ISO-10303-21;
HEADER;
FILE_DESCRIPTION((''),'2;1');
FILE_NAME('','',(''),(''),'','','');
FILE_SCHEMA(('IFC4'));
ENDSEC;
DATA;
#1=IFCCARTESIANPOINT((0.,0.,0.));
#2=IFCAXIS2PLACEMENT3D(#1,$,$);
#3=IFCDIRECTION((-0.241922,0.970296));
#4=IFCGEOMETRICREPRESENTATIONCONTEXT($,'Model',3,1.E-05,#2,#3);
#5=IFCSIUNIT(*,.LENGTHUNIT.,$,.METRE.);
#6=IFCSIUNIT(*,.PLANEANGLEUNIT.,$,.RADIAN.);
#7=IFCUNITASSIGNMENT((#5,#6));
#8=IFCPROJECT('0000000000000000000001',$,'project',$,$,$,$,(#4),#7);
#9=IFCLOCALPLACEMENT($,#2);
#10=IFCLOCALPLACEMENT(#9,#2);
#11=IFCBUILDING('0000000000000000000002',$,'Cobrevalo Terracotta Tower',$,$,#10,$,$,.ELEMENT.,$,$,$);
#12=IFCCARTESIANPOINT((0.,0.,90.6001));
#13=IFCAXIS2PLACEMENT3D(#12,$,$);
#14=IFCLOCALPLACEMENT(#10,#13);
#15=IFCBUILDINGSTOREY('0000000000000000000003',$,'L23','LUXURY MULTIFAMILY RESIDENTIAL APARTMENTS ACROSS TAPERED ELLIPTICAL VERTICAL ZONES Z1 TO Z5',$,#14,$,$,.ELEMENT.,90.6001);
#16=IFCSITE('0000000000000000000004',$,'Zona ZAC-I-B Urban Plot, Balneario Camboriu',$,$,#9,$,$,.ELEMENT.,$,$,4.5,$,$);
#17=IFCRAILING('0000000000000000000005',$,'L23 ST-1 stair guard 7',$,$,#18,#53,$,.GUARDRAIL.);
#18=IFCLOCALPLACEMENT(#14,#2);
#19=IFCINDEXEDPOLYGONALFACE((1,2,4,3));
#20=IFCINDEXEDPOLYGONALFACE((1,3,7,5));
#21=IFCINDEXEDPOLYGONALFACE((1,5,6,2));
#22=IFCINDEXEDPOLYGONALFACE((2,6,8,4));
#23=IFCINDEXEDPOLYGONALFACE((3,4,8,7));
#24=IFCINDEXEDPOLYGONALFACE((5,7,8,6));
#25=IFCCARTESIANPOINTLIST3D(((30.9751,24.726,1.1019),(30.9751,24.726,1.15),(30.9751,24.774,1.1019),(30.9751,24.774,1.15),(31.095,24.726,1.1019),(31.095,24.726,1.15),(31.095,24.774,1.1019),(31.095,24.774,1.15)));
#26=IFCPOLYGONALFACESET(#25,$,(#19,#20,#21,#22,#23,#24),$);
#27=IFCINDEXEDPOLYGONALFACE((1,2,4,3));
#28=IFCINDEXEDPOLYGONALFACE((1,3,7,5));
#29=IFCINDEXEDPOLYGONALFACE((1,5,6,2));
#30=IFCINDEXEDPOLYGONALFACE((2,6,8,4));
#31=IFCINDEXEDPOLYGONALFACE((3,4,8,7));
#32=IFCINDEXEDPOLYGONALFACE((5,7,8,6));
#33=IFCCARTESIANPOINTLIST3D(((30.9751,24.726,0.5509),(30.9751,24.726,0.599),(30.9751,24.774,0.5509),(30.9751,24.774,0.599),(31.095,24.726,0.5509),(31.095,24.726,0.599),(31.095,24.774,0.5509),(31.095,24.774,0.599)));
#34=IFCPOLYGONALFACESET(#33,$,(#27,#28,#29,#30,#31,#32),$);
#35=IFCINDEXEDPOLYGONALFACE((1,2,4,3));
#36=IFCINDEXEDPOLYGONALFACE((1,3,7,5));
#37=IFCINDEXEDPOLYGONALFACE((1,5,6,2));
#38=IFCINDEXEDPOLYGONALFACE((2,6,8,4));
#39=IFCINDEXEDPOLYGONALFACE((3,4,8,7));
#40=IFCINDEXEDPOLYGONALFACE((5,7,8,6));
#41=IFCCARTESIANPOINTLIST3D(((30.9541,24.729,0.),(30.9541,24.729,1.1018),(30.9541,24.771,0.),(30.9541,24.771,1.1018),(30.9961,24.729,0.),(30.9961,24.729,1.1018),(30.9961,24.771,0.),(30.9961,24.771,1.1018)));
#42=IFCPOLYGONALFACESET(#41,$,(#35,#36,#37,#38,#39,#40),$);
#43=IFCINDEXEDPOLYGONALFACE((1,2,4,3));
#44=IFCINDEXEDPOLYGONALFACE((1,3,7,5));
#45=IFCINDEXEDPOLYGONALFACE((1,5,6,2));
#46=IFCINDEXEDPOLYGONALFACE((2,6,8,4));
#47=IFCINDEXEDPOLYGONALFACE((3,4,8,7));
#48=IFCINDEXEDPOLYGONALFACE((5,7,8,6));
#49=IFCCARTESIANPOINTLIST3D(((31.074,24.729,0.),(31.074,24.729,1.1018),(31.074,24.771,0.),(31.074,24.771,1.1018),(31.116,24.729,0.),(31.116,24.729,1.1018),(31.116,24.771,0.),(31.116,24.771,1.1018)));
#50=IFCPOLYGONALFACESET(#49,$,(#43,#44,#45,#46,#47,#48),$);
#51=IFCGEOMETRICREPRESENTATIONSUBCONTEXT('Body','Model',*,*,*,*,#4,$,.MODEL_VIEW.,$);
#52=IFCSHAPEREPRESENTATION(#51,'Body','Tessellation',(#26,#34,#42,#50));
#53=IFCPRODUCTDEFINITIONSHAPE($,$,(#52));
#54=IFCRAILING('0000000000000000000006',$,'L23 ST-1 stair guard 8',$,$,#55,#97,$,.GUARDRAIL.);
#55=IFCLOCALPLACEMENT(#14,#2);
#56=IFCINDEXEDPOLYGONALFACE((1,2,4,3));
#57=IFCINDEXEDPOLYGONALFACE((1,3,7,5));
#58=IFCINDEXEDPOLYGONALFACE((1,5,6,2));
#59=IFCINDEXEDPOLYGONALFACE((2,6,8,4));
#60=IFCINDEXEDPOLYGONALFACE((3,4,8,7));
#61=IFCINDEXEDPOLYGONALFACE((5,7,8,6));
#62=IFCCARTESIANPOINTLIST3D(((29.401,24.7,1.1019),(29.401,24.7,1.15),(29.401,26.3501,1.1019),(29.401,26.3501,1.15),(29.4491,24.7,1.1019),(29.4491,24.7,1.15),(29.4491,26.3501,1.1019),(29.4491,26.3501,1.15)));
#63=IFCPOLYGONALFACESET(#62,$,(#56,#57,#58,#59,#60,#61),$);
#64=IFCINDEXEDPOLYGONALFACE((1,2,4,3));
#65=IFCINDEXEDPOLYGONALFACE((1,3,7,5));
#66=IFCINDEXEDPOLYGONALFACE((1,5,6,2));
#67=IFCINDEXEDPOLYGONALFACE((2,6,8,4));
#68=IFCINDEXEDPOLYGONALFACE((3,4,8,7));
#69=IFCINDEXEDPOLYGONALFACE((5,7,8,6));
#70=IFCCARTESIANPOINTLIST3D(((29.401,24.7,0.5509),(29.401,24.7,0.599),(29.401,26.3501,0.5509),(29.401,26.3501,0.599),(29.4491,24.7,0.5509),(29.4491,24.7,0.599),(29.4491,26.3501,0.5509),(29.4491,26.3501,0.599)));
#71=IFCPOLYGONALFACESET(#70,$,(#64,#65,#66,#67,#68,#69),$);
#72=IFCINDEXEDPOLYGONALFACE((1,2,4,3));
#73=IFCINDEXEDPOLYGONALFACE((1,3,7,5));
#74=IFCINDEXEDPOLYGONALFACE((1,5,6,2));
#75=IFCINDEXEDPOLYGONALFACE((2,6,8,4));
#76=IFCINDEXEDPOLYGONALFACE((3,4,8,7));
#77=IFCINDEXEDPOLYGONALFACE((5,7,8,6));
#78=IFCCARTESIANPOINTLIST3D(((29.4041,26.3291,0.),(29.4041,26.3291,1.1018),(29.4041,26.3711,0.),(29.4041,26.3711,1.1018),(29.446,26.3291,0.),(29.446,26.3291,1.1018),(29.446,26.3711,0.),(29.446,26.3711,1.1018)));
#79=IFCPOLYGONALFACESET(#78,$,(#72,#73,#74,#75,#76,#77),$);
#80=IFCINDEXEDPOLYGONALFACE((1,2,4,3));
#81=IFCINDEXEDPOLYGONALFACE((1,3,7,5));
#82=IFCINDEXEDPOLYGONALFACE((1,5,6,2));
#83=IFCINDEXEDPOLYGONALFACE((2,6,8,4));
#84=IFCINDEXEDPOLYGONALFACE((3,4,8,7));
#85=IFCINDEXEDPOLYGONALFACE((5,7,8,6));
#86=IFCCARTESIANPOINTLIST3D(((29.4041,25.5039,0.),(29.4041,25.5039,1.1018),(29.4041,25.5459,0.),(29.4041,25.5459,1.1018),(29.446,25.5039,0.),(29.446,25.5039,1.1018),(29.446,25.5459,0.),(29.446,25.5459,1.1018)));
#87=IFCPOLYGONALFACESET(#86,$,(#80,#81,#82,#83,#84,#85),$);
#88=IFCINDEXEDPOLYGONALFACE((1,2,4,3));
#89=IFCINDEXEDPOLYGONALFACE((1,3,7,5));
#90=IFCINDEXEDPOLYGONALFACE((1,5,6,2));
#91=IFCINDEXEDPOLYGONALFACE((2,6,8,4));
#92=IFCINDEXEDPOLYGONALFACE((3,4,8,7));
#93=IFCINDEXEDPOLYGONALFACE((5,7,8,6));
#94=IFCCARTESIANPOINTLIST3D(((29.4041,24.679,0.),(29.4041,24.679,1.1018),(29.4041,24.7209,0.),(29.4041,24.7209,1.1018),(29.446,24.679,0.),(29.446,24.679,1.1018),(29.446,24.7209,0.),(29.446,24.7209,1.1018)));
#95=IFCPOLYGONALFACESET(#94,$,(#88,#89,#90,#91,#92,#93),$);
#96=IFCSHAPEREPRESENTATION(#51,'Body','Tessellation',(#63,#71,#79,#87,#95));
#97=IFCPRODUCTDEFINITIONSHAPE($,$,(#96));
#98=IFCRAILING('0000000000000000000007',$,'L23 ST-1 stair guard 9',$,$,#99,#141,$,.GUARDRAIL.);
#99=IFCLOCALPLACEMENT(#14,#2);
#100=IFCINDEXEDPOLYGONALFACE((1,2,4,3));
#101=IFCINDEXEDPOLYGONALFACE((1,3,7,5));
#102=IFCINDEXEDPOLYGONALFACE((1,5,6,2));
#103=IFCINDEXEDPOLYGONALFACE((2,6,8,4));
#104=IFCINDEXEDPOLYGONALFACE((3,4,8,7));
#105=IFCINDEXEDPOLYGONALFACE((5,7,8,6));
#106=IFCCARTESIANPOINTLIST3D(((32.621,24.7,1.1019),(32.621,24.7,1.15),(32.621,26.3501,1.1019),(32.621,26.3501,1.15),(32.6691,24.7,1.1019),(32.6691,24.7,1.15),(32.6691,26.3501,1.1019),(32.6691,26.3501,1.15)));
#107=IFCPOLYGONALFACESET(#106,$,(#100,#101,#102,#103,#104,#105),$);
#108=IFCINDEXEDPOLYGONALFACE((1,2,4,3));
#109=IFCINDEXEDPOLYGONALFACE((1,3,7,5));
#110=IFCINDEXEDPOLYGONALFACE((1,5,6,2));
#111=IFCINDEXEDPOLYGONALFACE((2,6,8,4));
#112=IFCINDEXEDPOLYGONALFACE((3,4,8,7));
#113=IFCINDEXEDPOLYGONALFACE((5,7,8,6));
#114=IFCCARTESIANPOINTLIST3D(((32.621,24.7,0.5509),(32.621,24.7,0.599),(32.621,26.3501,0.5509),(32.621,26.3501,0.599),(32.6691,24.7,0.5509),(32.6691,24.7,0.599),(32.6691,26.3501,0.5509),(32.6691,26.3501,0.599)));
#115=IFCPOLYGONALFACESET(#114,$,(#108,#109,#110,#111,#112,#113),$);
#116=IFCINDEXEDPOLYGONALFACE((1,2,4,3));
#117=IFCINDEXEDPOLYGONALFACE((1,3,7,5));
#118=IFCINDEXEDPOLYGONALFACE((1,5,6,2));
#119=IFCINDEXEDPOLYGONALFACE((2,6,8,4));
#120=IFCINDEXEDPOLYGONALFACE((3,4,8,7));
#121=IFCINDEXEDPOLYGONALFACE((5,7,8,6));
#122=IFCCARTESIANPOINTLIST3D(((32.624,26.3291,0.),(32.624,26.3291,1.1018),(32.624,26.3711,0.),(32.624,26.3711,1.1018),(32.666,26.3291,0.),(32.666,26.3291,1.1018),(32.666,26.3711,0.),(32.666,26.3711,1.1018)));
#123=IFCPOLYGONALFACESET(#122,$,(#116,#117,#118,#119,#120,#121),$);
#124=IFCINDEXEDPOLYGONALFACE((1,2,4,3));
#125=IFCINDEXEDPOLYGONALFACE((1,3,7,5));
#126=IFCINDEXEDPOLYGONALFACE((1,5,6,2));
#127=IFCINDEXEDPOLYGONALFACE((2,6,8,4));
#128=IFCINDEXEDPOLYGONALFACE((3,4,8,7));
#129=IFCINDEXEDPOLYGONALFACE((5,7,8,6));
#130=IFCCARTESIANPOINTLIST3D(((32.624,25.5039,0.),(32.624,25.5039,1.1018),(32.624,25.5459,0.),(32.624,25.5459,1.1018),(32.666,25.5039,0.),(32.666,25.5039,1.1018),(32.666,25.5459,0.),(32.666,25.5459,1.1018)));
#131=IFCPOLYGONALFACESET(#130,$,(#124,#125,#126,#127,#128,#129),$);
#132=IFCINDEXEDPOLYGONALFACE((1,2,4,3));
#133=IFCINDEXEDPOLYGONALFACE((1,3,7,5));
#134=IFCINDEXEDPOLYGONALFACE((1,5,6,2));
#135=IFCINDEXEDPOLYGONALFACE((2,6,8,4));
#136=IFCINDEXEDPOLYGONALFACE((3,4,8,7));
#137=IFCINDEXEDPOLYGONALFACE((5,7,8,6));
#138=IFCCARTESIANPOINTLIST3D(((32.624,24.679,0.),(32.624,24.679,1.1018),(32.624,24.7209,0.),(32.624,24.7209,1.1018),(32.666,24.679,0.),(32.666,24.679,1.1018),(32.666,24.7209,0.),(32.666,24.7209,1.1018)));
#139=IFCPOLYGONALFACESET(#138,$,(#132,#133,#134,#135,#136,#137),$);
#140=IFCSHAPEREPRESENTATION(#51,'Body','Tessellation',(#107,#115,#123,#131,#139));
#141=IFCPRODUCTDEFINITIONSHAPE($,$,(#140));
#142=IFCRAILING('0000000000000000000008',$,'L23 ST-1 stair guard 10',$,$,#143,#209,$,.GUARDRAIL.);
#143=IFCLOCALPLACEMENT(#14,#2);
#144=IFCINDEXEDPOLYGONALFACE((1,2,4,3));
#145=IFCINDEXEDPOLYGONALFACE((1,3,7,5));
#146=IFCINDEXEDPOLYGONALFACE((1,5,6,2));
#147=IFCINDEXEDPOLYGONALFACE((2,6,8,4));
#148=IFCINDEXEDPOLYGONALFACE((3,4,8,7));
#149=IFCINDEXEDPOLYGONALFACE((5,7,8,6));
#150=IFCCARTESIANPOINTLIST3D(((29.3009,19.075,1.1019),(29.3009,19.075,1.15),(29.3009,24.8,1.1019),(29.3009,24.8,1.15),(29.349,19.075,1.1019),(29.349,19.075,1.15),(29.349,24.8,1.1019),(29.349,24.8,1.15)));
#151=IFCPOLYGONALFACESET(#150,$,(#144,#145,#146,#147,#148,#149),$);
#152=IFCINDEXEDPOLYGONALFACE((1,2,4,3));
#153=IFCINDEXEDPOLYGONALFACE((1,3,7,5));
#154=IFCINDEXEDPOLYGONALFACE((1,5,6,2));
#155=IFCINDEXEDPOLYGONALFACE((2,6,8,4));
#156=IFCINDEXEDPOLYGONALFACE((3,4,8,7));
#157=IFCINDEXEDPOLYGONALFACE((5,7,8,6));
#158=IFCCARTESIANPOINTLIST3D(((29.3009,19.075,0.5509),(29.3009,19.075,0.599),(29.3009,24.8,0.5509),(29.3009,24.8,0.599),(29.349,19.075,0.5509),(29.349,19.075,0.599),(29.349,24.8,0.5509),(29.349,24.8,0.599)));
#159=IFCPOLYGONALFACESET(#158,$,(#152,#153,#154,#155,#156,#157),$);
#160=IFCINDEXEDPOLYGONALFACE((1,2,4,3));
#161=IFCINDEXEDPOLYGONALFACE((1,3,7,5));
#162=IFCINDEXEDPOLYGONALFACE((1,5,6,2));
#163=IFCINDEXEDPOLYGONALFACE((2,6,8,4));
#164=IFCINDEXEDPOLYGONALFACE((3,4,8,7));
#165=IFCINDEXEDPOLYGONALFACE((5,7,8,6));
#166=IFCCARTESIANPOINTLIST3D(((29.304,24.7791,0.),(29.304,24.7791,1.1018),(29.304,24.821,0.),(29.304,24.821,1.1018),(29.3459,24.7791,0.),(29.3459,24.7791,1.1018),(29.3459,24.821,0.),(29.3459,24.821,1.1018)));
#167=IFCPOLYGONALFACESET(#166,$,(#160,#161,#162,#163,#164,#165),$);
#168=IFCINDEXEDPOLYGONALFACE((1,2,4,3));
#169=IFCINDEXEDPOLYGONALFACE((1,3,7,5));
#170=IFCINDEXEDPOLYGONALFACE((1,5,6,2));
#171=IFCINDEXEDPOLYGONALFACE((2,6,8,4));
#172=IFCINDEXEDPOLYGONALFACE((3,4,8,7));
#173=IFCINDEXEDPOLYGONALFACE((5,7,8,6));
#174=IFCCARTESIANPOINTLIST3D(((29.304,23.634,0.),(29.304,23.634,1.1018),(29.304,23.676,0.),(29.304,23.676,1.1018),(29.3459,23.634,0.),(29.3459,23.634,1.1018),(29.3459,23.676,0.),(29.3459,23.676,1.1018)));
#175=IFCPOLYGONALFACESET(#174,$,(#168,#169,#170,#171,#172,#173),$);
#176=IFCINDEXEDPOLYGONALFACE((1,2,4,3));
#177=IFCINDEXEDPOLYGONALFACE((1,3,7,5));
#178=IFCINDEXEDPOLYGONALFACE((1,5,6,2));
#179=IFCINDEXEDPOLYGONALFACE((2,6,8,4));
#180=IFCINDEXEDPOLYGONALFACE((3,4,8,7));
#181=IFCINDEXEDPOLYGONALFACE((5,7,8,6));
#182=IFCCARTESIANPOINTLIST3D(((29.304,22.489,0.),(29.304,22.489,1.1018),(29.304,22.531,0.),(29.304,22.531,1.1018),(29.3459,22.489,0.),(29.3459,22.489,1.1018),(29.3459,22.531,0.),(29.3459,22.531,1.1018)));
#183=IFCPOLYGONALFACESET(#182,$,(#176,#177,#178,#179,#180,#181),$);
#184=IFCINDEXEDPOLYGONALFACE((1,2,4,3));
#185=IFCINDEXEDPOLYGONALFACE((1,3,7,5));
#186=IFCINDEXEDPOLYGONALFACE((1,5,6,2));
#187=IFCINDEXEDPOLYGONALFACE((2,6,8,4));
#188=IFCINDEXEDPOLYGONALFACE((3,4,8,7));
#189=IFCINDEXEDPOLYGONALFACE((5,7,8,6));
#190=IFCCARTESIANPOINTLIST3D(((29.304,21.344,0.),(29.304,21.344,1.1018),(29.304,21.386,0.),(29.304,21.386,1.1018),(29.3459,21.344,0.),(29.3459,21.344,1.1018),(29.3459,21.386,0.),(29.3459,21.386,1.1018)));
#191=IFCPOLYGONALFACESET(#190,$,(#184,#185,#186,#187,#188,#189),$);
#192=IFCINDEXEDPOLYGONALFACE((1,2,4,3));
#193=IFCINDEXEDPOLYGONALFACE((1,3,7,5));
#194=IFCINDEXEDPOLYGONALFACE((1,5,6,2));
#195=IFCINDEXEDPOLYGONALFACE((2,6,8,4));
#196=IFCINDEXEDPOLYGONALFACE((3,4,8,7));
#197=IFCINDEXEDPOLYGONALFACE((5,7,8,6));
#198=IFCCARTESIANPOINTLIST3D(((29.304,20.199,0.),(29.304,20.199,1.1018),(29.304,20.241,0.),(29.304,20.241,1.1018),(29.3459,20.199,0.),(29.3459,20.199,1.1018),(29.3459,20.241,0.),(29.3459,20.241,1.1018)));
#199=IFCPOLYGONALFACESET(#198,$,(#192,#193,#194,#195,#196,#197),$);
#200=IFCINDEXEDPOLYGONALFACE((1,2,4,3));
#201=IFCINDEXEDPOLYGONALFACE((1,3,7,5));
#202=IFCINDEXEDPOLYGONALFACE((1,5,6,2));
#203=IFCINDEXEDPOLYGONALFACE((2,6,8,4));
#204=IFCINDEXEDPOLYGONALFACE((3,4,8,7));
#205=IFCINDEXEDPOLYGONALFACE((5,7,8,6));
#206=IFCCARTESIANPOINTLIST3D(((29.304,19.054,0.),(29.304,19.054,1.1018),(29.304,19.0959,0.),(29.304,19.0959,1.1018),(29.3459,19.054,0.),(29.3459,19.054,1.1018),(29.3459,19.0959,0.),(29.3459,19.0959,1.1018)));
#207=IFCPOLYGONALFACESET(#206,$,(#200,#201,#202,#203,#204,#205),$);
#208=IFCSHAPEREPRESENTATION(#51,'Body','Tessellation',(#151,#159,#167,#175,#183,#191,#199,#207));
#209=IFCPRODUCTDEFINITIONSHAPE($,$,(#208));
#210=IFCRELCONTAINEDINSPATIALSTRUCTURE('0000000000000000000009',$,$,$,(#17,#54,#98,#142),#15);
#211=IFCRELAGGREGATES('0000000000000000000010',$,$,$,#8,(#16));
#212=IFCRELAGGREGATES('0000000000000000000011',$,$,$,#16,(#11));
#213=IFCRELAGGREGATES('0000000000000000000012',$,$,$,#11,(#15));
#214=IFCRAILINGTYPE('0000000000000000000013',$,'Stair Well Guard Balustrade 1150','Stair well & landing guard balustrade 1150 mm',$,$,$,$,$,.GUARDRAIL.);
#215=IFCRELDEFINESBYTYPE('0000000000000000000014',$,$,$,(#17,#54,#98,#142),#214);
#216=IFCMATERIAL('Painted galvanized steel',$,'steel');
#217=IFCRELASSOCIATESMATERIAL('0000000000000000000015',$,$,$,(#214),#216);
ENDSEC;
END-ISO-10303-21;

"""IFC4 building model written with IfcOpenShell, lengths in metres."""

from ifc_helpers import new_model, si_unit, direction, frame, origin, origin_2d, place, context, subcontext, project, spatial, rectangle, extrude, material, type_object, element, save


model = new_model("IFC4")

# Units and contexts
model_context = context("Model", 3, precision=1e-05, world=origin(), true_north=direction((-0.241922, 0.970296)))
body_context = subcontext(model_context, "Body", "Model", "MODEL_VIEW")
ifc_project = project(units=[si_unit("LENGTHUNIT", "METRE"), si_unit("PLANEANGLEUNIT", "RADIAN")], contexts=[model_context])

# Site, building, storey
site_placement = place(None, origin())
site = spatial("IfcSite", under=ifc_project, at=site_placement, Name="Zona ZAC-I-B Urban Plot, Balneario Camboriu", CompositionType="ELEMENT", RefElevation=4.5)
building_placement = place(site_placement, origin())
building = spatial("IfcBuilding", under=site, at=building_placement, Name="Cobrevalo Terracotta Tower", CompositionType="ELEMENT")
storey_placement = place(building_placement, frame((0.0, 0.0, 90.6001)))
storey = spatial("IfcBuildingStorey", under=building, at=storey_placement, Name="L23", Description="LUXURY MULTIFAMILY RESIDENTIAL APARTMENTS ACROSS TAPERED ELLIPTICAL VERTICAL ZONES Z1 TO Z5", CompositionType="ELEMENT", Elevation=90.6001)

# Railings
ifc_material_1 = material(Name="Painted galvanized steel", Category="steel")
railing_type_1 = type_object("IfcRailingType", Name="Stair Well Guard Balustrade 1150", Description="Stair well & landing guard balustrade 1150 mm", PredefinedType="GUARDRAIL", material=ifc_material_1)
railing_1_placement = place(storey_placement, frame((30.9751, 24.75, 0.0)))
element("IfcRailing", 1, at=railing_1_placement, inside=storey, type_object=railing_type_1, Name="L23 ST-1 stair guard 7", PredefinedType="GUARDRAIL", context=body_context, shape_type="SweptSolid", body=[
    extrude(rectangle(XDim=0.0481, YDim=0.0481, at=origin_2d()), frame((0.0, 0.0, 1.126), z_axis=(1.0, 0.0, 0.0), x_axis=(0.0, 1.0, 0.0)), (0.0, 0.0, 1.0), 0.1199),
    extrude(rectangle(XDim=0.0481, YDim=0.0481, at=origin_2d()), frame((0.0, 0.0, 0.575), z_axis=(1.0, 0.0, 0.0), x_axis=(0.0, 1.0, 0.0)), (0.0, 0.0, 1.0), 0.1199),
    extrude(rectangle(XDim=0.042, YDim=0.042, at=origin_2d()), origin(), (0.0, 0.0, 1.0), 1.1018),
    extrude(rectangle(XDim=0.042, YDim=0.042, at=origin_2d()), frame((0.1199, 0.0, 0.0)), (0.0, 0.0, 1.0), 1.1018),
])
for number, where, name in (
    (2, (29.425, 26.3501, 0.0), "L23 ST-1 stair guard 8"),
    (3, (32.645, 26.3501, 0.0), "L23 ST-1 stair guard 9"),
):
    element("IfcRailing", number, at=place(storey_placement, frame(where)), inside=storey, type_object=railing_type_1, Name=name, PredefinedType="GUARDRAIL", context=body_context, shape_type="SweptSolid", body=[
        extrude(rectangle(XDim=0.0481, YDim=0.0481, at=origin_2d()), frame((0.0, 0.0, 1.126), z_axis=(0.0, -1.0, 0.0), x_axis=(1.0, 0.0, 0.0)), (0.0, 0.0, 1.0), 1.6501),
        extrude(rectangle(XDim=0.0481, YDim=0.0481, at=origin_2d()), frame((0.0, 0.0, 0.575), z_axis=(0.0, -1.0, 0.0), x_axis=(1.0, 0.0, 0.0)), (0.0, 0.0, 1.0), 1.6501),
        extrude(rectangle(XDim=0.042, YDim=0.042, at=origin_2d()), origin(), (0.0, 0.0, 1.0), 1.1018),
        extrude(rectangle(XDim=0.042, YDim=0.042, at=origin_2d()), frame((0.0, -0.8252, 0.0)), (0.0, 0.0, 1.0), 1.1018),
        extrude(rectangle(XDim=0.042, YDim=0.042, at=origin_2d()), frame((0.0, -1.6501, 0.0)), (0.0, 0.0, 1.0), 1.1018),
    ])
for number, where, name in (
    (4, (29.325, 24.8, 0.0), "L23 ST-1 stair guard 10"),
):
    element("IfcRailing", number, at=place(storey_placement, frame(where)), inside=storey, type_object=railing_type_1, Name=name, PredefinedType="GUARDRAIL", context=body_context, shape_type="SweptSolid", body=[
        extrude(rectangle(XDim=0.0481, YDim=0.0481, at=origin_2d()), frame((0.0, 0.0, 1.126), z_axis=(0.0, -1.0, 0.0), x_axis=(1.0, 0.0, 0.0)), (0.0, 0.0, 1.0), 5.7251),
        extrude(rectangle(XDim=0.0481, YDim=0.0481, at=origin_2d()), frame((0.0, 0.0, 0.575), z_axis=(0.0, -1.0, 0.0), x_axis=(1.0, 0.0, 0.0)), (0.0, 0.0, 1.0), 5.7251),
        extrude(rectangle(XDim=0.042, YDim=0.042, at=origin_2d()), origin(), (0.0, 0.0, 1.0), 1.1018),
        extrude(rectangle(XDim=0.042, YDim=0.042, at=origin_2d()), frame((0.0, -1.145, 0.0)), (0.0, 0.0, 1.0), 1.1018),
        extrude(rectangle(XDim=0.042, YDim=0.042, at=origin_2d()), frame((0.0, -2.29, 0.0)), (0.0, 0.0, 1.0), 1.1018),
        extrude(rectangle(XDim=0.042, YDim=0.042, at=origin_2d()), frame((0.0, -3.4351, 0.0)), (0.0, 0.0, 1.0), 1.1018),
        extrude(rectangle(XDim=0.042, YDim=0.042, at=origin_2d()), frame((0.0, -4.5801, 0.0)), (0.0, 0.0, 1.0), 1.1018),
        extrude(rectangle(XDim=0.042, YDim=0.042, at=origin_2d()), frame((0.0, -5.7251, 0.0)), (0.0, 0.0, 1.0), 1.1018),
    ])

save(model, "model.ifc")
